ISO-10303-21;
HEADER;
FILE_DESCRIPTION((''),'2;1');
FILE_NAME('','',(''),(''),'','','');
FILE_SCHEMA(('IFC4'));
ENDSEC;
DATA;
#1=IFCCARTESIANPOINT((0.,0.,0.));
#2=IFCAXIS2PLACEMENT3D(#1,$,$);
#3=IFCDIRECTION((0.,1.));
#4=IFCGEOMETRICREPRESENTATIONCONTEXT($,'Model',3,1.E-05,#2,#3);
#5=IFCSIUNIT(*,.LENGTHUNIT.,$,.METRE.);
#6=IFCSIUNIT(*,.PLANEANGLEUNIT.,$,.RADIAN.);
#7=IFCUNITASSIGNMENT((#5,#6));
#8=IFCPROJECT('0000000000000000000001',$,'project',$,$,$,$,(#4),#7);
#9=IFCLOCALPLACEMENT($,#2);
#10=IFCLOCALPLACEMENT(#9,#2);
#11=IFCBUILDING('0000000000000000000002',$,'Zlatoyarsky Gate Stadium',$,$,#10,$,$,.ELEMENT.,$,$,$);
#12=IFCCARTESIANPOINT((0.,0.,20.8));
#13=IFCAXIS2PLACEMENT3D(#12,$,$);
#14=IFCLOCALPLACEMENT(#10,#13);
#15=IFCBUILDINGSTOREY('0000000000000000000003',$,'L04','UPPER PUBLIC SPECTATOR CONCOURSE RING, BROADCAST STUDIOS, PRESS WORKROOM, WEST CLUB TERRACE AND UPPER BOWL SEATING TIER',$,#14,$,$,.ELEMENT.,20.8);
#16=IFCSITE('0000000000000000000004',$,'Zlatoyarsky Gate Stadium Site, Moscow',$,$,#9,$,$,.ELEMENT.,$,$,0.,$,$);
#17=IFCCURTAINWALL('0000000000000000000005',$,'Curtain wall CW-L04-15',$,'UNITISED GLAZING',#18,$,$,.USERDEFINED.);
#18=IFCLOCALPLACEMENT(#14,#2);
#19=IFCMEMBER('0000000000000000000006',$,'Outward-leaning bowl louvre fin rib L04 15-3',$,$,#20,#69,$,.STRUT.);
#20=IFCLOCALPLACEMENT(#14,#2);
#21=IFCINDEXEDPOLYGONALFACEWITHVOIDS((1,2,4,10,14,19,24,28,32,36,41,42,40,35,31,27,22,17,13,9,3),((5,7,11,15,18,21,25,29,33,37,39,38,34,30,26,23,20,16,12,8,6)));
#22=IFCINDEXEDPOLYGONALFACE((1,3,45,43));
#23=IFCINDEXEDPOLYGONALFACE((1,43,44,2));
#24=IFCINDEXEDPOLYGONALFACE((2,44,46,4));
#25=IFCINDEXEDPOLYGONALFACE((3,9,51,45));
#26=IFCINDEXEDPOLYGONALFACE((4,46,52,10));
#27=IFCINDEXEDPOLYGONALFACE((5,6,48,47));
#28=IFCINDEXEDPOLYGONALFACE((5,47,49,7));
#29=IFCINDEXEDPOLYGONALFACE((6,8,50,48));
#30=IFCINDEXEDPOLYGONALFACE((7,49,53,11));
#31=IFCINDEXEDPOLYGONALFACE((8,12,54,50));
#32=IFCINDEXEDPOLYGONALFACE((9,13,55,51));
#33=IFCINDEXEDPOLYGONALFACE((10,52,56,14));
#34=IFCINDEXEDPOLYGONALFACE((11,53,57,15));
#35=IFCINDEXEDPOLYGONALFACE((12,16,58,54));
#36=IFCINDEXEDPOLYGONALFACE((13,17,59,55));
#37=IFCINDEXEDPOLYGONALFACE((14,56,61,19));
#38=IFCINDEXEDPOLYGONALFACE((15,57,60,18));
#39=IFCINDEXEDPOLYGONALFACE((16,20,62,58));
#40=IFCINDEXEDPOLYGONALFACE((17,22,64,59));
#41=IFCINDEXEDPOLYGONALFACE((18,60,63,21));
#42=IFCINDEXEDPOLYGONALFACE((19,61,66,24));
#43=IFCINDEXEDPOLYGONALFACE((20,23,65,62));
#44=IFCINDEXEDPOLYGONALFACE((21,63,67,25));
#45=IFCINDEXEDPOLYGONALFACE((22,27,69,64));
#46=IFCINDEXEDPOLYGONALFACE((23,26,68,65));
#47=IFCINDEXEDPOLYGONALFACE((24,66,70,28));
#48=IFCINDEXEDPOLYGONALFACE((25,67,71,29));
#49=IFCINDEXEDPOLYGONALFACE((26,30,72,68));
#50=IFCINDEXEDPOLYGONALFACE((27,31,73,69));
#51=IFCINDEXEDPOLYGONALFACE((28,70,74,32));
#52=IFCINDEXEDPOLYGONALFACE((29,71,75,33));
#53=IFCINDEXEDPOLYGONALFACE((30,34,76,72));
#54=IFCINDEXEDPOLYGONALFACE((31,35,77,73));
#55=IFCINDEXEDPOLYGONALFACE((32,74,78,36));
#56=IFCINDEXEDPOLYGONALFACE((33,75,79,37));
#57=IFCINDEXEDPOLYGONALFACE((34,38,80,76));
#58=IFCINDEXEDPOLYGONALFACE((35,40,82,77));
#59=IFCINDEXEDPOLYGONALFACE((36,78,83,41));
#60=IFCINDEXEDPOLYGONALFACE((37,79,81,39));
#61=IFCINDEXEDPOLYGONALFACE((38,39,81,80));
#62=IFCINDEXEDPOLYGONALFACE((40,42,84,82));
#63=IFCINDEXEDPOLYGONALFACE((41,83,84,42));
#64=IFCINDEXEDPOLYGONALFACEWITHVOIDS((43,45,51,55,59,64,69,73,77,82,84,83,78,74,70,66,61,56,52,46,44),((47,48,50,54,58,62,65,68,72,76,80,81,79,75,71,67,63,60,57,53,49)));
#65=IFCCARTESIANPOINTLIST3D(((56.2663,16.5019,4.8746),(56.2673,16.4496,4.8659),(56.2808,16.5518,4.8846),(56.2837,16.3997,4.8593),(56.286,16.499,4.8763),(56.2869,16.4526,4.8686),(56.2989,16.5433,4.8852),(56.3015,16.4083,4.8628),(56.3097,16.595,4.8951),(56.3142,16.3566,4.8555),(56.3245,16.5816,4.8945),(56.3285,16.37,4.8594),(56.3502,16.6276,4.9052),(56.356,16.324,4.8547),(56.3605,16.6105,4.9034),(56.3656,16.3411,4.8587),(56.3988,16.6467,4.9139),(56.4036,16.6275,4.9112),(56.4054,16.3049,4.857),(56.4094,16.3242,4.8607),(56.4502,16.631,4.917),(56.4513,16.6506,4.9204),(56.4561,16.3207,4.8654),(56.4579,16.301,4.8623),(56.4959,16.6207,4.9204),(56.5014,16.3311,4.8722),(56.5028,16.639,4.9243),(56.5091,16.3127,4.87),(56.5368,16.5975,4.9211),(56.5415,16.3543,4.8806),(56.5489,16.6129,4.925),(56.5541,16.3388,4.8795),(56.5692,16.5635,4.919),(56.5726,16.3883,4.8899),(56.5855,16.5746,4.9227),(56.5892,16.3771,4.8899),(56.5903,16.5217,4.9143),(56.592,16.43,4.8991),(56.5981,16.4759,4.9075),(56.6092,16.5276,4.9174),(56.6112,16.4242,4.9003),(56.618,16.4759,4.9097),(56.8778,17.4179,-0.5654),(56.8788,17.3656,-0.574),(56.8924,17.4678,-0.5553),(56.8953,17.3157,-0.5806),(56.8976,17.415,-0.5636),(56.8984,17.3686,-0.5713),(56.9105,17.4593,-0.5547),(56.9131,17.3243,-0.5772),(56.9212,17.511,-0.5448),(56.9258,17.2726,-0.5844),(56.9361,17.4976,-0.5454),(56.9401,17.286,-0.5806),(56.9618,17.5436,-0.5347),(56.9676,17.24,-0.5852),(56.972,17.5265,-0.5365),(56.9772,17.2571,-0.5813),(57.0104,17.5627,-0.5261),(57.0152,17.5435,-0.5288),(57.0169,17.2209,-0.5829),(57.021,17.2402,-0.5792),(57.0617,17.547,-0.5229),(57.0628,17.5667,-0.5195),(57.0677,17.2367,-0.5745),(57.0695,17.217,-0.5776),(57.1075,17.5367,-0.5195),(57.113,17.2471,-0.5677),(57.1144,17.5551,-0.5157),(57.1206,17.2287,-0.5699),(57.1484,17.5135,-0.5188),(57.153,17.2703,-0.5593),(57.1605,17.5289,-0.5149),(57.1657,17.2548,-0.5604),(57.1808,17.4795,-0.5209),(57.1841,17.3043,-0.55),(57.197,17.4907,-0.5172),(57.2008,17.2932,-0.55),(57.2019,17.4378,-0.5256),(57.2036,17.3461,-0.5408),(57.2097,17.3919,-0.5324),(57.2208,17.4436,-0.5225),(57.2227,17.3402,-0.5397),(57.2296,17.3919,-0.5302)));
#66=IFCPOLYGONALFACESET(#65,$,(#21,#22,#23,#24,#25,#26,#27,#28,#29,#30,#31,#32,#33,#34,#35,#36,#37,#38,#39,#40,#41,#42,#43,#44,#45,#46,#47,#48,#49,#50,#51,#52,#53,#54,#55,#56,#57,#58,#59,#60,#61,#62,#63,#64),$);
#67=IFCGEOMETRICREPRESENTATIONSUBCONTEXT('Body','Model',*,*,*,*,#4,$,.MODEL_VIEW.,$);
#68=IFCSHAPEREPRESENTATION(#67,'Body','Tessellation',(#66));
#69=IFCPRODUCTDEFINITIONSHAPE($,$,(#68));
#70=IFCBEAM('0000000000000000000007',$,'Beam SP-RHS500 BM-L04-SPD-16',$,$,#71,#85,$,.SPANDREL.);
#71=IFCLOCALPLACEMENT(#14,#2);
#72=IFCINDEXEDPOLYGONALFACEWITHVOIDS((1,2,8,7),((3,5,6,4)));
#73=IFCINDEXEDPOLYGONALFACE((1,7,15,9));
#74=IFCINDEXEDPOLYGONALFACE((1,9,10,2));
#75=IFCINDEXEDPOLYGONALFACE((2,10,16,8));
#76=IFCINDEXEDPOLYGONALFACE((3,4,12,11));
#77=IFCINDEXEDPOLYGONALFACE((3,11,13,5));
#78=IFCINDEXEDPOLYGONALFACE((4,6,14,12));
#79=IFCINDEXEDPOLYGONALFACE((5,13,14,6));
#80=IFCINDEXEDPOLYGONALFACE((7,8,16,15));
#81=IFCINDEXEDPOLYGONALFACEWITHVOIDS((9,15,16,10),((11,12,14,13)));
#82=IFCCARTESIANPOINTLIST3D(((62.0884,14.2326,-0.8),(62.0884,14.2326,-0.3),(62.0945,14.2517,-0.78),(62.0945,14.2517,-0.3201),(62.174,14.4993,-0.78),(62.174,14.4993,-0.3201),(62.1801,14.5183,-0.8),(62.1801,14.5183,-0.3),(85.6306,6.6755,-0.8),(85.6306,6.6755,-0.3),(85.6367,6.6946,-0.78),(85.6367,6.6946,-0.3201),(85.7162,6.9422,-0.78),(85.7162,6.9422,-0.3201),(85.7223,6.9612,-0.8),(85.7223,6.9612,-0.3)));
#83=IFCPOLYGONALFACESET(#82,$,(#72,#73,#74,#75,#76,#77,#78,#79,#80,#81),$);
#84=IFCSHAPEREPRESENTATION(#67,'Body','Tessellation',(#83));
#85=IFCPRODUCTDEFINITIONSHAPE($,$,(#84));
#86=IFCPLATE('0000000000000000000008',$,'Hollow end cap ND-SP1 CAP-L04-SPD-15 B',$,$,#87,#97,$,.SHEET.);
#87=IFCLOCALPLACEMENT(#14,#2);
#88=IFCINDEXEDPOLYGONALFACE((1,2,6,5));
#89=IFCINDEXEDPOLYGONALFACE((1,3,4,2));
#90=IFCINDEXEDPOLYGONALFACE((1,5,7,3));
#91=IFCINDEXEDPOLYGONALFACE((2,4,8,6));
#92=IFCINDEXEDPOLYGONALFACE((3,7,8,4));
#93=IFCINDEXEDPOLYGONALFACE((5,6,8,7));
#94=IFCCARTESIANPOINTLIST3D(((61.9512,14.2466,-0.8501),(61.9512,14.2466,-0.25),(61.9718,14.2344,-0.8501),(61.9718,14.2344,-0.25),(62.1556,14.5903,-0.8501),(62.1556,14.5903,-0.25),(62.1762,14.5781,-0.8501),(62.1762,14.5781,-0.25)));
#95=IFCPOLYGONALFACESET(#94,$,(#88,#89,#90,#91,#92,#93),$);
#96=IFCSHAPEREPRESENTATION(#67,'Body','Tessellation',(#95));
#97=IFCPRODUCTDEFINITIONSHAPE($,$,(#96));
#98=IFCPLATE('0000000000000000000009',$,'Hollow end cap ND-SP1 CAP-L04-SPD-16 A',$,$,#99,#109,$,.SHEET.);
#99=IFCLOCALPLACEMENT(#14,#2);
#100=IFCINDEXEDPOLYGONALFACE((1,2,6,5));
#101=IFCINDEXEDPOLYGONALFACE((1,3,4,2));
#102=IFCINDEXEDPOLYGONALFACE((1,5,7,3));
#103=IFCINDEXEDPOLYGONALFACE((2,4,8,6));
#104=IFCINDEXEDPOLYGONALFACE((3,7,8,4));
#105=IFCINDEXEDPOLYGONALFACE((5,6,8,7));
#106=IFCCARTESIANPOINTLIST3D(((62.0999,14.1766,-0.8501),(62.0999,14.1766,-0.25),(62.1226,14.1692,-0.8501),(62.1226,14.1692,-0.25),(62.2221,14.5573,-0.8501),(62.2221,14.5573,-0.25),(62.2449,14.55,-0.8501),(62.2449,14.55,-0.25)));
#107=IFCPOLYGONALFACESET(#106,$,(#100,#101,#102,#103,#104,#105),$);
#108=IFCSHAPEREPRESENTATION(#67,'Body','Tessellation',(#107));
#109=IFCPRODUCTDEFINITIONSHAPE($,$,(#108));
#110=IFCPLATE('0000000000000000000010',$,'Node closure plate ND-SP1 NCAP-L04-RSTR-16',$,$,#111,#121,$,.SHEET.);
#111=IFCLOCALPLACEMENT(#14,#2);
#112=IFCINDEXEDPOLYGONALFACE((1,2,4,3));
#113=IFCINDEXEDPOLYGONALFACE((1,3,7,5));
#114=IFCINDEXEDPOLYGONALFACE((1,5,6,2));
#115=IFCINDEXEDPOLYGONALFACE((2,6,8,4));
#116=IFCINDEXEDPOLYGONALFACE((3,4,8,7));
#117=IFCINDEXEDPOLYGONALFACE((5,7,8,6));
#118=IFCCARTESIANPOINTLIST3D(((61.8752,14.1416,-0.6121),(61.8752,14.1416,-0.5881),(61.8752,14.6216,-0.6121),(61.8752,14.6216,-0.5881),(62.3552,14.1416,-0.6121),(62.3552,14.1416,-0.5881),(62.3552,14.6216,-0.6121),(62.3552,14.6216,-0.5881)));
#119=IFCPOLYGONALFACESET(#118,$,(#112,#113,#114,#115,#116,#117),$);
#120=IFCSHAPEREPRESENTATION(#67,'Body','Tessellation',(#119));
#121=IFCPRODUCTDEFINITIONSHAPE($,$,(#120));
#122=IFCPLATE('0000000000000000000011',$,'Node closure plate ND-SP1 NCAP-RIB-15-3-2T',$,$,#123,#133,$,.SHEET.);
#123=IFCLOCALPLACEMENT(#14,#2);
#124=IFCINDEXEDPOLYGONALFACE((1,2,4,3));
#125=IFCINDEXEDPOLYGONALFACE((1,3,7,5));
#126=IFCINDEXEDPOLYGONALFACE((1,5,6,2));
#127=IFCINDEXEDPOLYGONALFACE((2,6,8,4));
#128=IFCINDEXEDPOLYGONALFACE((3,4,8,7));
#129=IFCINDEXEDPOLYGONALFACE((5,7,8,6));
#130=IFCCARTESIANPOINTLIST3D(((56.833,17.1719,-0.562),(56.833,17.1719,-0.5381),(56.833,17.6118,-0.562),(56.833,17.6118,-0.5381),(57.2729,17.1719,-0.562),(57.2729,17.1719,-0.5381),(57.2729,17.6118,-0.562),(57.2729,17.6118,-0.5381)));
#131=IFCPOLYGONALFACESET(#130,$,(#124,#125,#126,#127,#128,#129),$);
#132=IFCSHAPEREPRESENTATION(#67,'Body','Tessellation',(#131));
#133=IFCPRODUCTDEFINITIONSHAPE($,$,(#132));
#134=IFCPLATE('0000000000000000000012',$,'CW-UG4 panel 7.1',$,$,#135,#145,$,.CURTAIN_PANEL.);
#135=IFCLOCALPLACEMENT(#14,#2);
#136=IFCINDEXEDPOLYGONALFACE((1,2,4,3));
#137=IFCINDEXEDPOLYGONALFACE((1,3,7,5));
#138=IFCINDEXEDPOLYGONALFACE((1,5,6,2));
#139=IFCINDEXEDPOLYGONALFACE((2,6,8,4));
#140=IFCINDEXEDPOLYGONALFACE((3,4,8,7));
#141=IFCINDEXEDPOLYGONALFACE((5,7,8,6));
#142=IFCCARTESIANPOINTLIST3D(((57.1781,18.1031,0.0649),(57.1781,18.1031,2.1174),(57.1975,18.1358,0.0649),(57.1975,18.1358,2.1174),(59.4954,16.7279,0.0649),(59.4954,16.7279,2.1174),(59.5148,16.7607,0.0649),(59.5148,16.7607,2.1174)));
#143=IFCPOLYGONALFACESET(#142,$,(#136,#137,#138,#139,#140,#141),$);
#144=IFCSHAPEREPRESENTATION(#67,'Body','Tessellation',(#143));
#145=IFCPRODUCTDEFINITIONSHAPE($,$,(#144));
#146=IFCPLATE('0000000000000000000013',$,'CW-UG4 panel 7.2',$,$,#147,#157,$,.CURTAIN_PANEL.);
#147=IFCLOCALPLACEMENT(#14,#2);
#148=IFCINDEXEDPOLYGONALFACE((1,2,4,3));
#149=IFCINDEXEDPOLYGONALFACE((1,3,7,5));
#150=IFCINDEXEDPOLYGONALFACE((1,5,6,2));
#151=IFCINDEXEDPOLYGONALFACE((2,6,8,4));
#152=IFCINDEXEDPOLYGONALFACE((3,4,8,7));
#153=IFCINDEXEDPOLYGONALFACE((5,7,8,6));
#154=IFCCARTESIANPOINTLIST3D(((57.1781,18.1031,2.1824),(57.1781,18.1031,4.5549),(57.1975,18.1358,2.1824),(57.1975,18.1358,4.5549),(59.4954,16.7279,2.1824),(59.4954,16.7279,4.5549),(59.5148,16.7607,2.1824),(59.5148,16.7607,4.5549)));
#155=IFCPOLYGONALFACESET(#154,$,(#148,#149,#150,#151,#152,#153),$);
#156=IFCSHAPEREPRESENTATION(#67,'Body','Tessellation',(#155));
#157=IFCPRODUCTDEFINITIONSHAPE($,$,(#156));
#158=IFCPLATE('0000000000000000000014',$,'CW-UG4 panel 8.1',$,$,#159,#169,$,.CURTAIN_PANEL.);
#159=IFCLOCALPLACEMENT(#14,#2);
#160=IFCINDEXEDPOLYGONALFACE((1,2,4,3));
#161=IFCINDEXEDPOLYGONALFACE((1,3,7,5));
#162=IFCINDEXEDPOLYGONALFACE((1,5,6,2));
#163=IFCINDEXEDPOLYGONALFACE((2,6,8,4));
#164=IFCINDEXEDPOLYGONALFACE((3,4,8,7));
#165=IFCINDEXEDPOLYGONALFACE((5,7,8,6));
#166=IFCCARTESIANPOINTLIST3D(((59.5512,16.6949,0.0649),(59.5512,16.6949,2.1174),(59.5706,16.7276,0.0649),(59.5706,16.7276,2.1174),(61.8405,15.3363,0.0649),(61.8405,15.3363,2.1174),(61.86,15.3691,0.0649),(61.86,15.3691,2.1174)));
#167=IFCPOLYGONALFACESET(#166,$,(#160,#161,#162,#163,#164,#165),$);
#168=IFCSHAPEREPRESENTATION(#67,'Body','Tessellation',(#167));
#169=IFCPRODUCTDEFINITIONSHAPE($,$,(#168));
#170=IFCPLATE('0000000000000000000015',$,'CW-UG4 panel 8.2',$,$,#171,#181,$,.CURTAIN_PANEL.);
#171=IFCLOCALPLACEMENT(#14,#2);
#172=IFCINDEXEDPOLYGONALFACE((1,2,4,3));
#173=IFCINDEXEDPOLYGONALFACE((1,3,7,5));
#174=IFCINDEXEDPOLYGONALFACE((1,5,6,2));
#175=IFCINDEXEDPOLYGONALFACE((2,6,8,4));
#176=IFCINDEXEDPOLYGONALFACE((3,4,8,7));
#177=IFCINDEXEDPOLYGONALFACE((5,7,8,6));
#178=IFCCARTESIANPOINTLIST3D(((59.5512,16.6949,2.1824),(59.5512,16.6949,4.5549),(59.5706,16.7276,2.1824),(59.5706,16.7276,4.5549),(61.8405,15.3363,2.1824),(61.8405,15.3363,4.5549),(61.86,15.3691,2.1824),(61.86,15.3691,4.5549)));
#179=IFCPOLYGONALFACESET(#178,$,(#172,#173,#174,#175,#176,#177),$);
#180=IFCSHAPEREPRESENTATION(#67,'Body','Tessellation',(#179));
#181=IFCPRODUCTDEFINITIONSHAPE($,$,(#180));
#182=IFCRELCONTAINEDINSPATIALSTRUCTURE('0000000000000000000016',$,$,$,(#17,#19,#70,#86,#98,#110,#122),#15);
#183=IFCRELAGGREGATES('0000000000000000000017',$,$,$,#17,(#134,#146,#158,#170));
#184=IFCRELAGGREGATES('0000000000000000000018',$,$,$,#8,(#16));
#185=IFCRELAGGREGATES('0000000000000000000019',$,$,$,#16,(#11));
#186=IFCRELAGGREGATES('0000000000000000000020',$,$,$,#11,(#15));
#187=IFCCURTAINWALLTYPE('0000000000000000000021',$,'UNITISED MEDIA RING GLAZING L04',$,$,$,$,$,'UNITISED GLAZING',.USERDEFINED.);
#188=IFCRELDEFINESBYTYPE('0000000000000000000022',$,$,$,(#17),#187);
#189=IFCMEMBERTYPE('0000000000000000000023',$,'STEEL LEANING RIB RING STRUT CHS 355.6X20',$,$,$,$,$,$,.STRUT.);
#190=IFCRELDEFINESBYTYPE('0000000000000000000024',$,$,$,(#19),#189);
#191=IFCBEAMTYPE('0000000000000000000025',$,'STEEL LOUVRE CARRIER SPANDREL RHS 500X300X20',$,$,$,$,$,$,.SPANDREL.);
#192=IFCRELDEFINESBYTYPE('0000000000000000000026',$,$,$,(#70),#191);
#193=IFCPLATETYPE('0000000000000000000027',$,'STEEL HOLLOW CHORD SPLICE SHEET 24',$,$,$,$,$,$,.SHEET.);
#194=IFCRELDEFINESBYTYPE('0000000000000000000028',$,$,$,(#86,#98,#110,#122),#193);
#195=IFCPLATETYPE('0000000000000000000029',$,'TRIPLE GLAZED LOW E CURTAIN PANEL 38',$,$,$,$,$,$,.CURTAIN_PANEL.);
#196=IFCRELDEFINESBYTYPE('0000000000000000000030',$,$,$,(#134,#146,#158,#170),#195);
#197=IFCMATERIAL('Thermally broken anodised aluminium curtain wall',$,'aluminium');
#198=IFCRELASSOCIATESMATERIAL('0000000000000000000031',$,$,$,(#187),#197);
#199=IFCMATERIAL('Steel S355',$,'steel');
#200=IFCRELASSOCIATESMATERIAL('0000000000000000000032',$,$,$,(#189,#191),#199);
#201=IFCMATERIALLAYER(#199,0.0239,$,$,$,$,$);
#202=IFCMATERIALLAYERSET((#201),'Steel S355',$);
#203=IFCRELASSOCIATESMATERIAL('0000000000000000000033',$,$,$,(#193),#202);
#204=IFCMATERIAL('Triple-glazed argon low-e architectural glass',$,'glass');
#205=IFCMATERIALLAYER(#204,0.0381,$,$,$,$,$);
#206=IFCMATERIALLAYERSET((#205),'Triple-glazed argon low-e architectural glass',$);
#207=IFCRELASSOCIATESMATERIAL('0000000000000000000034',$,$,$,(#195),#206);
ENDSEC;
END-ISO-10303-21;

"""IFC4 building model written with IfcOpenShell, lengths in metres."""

from ifc_helpers import new_model, si_unit, direction, frame, origin, origin_2d, place, context, subcontext, project, spatial, rectangle, hollow_rectangle, hollow_circle, extrude, material, layer, layer_set, material_profile, profile_set, type_object, element, aggregate, save


model = new_model("IFC4")

# Units and contexts
model_context = context("Model", 3, precision=1e-05, world=origin(), true_north=direction((0.0, 1.0)))
body_context = subcontext(model_context, "Body", "Model", "MODEL_VIEW")
ifc_project = project(units=[si_unit("LENGTHUNIT", "METRE"), si_unit("PLANEANGLEUNIT", "RADIAN")], contexts=[model_context])

# Site, building, storey
site_placement = place(None, origin())
site = spatial("IfcSite", under=ifc_project, at=site_placement, Name="Zlatoyarsky Gate Stadium Site, Moscow", CompositionType="ELEMENT", RefElevation=0.0)
building_placement = place(site_placement, origin())
building = spatial("IfcBuilding", under=site, at=building_placement, Name="Zlatoyarsky Gate Stadium", CompositionType="ELEMENT")
storey_placement = place(building_placement, frame((0.0, 0.0, 20.8)))
storey = spatial("IfcBuildingStorey", under=building, at=storey_placement, Name="L04", Description="UPPER PUBLIC SPECTATOR CONCOURSE RING, BROADCAST STUDIOS, PRESS WORKROOM, WEST CLUB TERRACE AND UPPER BOWL SEATING TIER", CompositionType="ELEMENT", Elevation=20.8)

# Curtain wall
ifc_material_1 = material(Name="Thermally broken anodised aluminium curtain wall", Category="aluminium")
curtain_wall_type = type_object("IfcCurtainWallType", Name="UNITISED MEDIA RING GLAZING L04", ElementType="UNITISED GLAZING", PredefinedType="USERDEFINED", material=ifc_material_1)
curtain_wall_1_placement = place(storey_placement, origin())
curtain_wall_1 = element("IfcCurtainWall", 1, at=curtain_wall_1_placement, inside=storey, type_object=curtain_wall_type, Name="Curtain wall CW-L04-15", ObjectType="UNITISED GLAZING", PredefinedType="USERDEFINED")

# Member
ifc_material_2 = material(Name="Steel S355", Category="steel")
ifc_material_profile_1 = material_profile(ifc_material_2, hollow_circle(Radius=0.1777, WallThickness=0.02, at=origin_2d()), Name="CHS 355.6X20")
ifc_profile_set_1 = profile_set([ifc_material_profile_1], Name="Steel S355")
member_type_1 = type_object("IfcMemberType", Name="STEEL LEANING RIB RING STRUT CHS 355.6X20", PredefinedType="STRUT", material=ifc_profile_set_1)
member_1_placement = place(storey_placement, frame((57.053, 17.3918, -0.55), z_axis=(-0.110187, -0.165038, 0.980113), x_axis=(0.831675, -0.555263, 0.0)))
element("IfcMember", 2, at=member_1_placement, inside=storey, type_object=member_type_1, Name="Outward-leaning bowl louvre fin rib L04 15-3", PredefinedType="STRUT", context=body_context, shape_type="SweptSolid", body=[
    extrude(hollow_circle(Radius=0.1777, WallThickness=0.02, at=origin_2d()), origin(), (0.0, 0.0, 1.0), 5.5503),
])

# Beam
ifc_material_profile_2 = material_profile(ifc_material_2, hollow_rectangle(XDim=0.3, YDim=0.5, WallThickness=0.02, at=origin_2d()), Name="RHS 500X300X20")
ifc_profile_set_2 = profile_set([ifc_material_profile_2], Name="Steel S355")
beam_type = type_object("IfcBeamType", Name="STEEL LOUVRE CARRIER SPANDREL RHS 500X300X20", PredefinedType="SPANDREL", material=ifc_profile_set_2)
beam_placement = place(storey_placement, frame((62.1343, 14.3755, -0.55), z_axis=(0.952147, -0.305642, 0.0), x_axis=(0.305642, 0.952147, 0.0)))
element("IfcBeam", 3, at=beam_placement, inside=storey, type_object=beam_type, Name="Beam SP-RHS500 BM-L04-SPD-16", PredefinedType="SPANDREL", context=body_context, shape_type="SweptSolid", body=[
    extrude(hollow_rectangle(XDim=0.3, YDim=0.5, WallThickness=0.02, at=origin_2d()), origin(), (0.0, 0.0, 1.0), 24.7253),
])

# Plates
ifc_layer_1 = layer(ifc_material_2, 0.0239)
ifc_layer_set_1 = layer_set([ifc_layer_1], Name="Steel S355")
plate_type_1 = type_object("IfcPlateType", Name="STEEL HOLLOW CHORD SPLICE SHEET 24", PredefinedType="SHEET", material=ifc_layer_set_1)
for number, where, z_axis, x_axis, name in (
    (4, (62.0637, 14.4124, -0.8501), (0.0, 0.0, 1.0), (0.859509, -0.51112, 0.0), "Hollow end cap ND-SP1 CAP-L04-SPD-15 B"),
    (5, (62.1724, 14.3633, -0.8501), (0.0, 0.0, 1.0), (0.952146, -0.305645, 0.0), "Hollow end cap ND-SP1 CAP-L04-SPD-16 A"),
):
    element("IfcPlate", number, at=place(storey_placement, frame(where, z_axis=z_axis, x_axis=x_axis)), inside=storey, type_object=plate_type_1, Name=name, PredefinedType="SHEET", context=body_context, shape_type="SweptSolid", body=[
        extrude(rectangle(XDim=0.0239, YDim=0.3999, at=origin_2d()), origin(), (0.0, 0.0, 1.0), 0.6001),
    ])
plate_1_placement = place(storey_placement, frame((62.1152, 14.3816, -0.6121), z_axis=(0.0, 0.0, 1.0), x_axis=(1.0, 0.0, 0.0)))
element("IfcPlate", 6, at=plate_1_placement, inside=storey, type_object=plate_type_1, Name="Node closure plate ND-SP1 NCAP-L04-RSTR-16", PredefinedType="SHEET", context=body_context, shape_type="SweptSolid", body=[
    extrude(rectangle(XDim=0.48, YDim=0.48, at=origin_2d()), origin(), (0.0, 0.0, 1.0), 0.0239),
])
plate_2_placement = place(storey_placement, frame((57.053, 17.3918, -0.562), z_axis=(0.0, 0.0, 1.0), x_axis=(1.0, 0.0, 0.0)))
element("IfcPlate", 7, at=plate_2_placement, inside=storey, type_object=plate_type_1, Name="Node closure plate ND-SP1 NCAP-RIB-15-3-2T", PredefinedType="SHEET", context=body_context, shape_type="SweptSolid", body=[
    extrude(rectangle(XDim=0.4399, YDim=0.4399, at=origin_2d()), origin(), (0.0, 0.0, 1.0), 0.0239),
])

# Plates
ifc_material_3 = material(Name="Triple-glazed argon low-e architectural glass", Category="glass")
ifc_layer_2 = layer(ifc_material_3, 0.0381)
ifc_layer_set_2 = layer_set([ifc_layer_2], Name="Triple-glazed argon low-e architectural glass")
plate_type_2 = type_object("IfcPlateType", Name="TRIPLE GLAZED LOW E CURTAIN PANEL 38", PredefinedType="CURTAIN_PANEL", material=ifc_layer_set_2)
plate_3_placement = place(storey_placement, frame((58.3464, 17.4319, 0.0649), z_axis=(0.0, 0.0, 1.0), x_axis=(0.859978, -0.51033, 0.0)))
plate_3 = element("IfcPlate", 8, at=plate_3_placement, type_object=plate_type_2, Name="CW-UG4 panel 7.1", PredefinedType="CURTAIN_PANEL", context=body_context, shape_type="SweptSolid", body=[
    extrude(rectangle(XDim=2.6946, YDim=0.0381, at=origin_2d()), origin(), (0.0, 0.0, 1.0), 2.0525),
])
plate_4_placement = place(storey_placement, frame((58.3464, 17.4319, 2.1824), z_axis=(0.0, 0.0, 1.0), x_axis=(0.859978, -0.51033, 0.0)))
plate_4 = element("IfcPlate", 9, at=plate_4_placement, type_object=plate_type_2, Name="CW-UG4 panel 7.2", PredefinedType="CURTAIN_PANEL", context=body_context, shape_type="SweptSolid", body=[
    extrude(rectangle(XDim=2.6946, YDim=0.0381, at=origin_2d()), origin(), (0.0, 0.0, 1.0), 2.3726),
])
plate_5_placement = place(storey_placement, frame((60.7056, 16.032, 0.0649), z_axis=(0.0, 0.0, 1.0), x_axis=(0.859978, -0.51033, 0.0)))
plate_5 = element("IfcPlate", 10, at=plate_5_placement, type_object=plate_type_2, Name="CW-UG4 panel 8.1", PredefinedType="CURTAIN_PANEL", context=body_context, shape_type="SweptSolid", body=[
    extrude(rectangle(XDim=2.6621, YDim=0.0381, at=origin_2d()), origin(), (0.0, 0.0, 1.0), 2.0525),
])
plate_6_placement = place(storey_placement, frame((60.7056, 16.032, 2.1824), z_axis=(0.0, 0.0, 1.0), x_axis=(0.859978, -0.51033, 0.0)))
plate_6 = element("IfcPlate", 11, at=plate_6_placement, type_object=plate_type_2, Name="CW-UG4 panel 8.2", PredefinedType="CURTAIN_PANEL", context=body_context, shape_type="SweptSolid", body=[
    extrude(rectangle(XDim=2.6621, YDim=0.0381, at=origin_2d()), origin(), (0.0, 0.0, 1.0), 2.3726),
])
aggregate(curtain_wall_1, [plate_3, plate_4, plate_5, plate_6])

save(model, "model.ifc")
